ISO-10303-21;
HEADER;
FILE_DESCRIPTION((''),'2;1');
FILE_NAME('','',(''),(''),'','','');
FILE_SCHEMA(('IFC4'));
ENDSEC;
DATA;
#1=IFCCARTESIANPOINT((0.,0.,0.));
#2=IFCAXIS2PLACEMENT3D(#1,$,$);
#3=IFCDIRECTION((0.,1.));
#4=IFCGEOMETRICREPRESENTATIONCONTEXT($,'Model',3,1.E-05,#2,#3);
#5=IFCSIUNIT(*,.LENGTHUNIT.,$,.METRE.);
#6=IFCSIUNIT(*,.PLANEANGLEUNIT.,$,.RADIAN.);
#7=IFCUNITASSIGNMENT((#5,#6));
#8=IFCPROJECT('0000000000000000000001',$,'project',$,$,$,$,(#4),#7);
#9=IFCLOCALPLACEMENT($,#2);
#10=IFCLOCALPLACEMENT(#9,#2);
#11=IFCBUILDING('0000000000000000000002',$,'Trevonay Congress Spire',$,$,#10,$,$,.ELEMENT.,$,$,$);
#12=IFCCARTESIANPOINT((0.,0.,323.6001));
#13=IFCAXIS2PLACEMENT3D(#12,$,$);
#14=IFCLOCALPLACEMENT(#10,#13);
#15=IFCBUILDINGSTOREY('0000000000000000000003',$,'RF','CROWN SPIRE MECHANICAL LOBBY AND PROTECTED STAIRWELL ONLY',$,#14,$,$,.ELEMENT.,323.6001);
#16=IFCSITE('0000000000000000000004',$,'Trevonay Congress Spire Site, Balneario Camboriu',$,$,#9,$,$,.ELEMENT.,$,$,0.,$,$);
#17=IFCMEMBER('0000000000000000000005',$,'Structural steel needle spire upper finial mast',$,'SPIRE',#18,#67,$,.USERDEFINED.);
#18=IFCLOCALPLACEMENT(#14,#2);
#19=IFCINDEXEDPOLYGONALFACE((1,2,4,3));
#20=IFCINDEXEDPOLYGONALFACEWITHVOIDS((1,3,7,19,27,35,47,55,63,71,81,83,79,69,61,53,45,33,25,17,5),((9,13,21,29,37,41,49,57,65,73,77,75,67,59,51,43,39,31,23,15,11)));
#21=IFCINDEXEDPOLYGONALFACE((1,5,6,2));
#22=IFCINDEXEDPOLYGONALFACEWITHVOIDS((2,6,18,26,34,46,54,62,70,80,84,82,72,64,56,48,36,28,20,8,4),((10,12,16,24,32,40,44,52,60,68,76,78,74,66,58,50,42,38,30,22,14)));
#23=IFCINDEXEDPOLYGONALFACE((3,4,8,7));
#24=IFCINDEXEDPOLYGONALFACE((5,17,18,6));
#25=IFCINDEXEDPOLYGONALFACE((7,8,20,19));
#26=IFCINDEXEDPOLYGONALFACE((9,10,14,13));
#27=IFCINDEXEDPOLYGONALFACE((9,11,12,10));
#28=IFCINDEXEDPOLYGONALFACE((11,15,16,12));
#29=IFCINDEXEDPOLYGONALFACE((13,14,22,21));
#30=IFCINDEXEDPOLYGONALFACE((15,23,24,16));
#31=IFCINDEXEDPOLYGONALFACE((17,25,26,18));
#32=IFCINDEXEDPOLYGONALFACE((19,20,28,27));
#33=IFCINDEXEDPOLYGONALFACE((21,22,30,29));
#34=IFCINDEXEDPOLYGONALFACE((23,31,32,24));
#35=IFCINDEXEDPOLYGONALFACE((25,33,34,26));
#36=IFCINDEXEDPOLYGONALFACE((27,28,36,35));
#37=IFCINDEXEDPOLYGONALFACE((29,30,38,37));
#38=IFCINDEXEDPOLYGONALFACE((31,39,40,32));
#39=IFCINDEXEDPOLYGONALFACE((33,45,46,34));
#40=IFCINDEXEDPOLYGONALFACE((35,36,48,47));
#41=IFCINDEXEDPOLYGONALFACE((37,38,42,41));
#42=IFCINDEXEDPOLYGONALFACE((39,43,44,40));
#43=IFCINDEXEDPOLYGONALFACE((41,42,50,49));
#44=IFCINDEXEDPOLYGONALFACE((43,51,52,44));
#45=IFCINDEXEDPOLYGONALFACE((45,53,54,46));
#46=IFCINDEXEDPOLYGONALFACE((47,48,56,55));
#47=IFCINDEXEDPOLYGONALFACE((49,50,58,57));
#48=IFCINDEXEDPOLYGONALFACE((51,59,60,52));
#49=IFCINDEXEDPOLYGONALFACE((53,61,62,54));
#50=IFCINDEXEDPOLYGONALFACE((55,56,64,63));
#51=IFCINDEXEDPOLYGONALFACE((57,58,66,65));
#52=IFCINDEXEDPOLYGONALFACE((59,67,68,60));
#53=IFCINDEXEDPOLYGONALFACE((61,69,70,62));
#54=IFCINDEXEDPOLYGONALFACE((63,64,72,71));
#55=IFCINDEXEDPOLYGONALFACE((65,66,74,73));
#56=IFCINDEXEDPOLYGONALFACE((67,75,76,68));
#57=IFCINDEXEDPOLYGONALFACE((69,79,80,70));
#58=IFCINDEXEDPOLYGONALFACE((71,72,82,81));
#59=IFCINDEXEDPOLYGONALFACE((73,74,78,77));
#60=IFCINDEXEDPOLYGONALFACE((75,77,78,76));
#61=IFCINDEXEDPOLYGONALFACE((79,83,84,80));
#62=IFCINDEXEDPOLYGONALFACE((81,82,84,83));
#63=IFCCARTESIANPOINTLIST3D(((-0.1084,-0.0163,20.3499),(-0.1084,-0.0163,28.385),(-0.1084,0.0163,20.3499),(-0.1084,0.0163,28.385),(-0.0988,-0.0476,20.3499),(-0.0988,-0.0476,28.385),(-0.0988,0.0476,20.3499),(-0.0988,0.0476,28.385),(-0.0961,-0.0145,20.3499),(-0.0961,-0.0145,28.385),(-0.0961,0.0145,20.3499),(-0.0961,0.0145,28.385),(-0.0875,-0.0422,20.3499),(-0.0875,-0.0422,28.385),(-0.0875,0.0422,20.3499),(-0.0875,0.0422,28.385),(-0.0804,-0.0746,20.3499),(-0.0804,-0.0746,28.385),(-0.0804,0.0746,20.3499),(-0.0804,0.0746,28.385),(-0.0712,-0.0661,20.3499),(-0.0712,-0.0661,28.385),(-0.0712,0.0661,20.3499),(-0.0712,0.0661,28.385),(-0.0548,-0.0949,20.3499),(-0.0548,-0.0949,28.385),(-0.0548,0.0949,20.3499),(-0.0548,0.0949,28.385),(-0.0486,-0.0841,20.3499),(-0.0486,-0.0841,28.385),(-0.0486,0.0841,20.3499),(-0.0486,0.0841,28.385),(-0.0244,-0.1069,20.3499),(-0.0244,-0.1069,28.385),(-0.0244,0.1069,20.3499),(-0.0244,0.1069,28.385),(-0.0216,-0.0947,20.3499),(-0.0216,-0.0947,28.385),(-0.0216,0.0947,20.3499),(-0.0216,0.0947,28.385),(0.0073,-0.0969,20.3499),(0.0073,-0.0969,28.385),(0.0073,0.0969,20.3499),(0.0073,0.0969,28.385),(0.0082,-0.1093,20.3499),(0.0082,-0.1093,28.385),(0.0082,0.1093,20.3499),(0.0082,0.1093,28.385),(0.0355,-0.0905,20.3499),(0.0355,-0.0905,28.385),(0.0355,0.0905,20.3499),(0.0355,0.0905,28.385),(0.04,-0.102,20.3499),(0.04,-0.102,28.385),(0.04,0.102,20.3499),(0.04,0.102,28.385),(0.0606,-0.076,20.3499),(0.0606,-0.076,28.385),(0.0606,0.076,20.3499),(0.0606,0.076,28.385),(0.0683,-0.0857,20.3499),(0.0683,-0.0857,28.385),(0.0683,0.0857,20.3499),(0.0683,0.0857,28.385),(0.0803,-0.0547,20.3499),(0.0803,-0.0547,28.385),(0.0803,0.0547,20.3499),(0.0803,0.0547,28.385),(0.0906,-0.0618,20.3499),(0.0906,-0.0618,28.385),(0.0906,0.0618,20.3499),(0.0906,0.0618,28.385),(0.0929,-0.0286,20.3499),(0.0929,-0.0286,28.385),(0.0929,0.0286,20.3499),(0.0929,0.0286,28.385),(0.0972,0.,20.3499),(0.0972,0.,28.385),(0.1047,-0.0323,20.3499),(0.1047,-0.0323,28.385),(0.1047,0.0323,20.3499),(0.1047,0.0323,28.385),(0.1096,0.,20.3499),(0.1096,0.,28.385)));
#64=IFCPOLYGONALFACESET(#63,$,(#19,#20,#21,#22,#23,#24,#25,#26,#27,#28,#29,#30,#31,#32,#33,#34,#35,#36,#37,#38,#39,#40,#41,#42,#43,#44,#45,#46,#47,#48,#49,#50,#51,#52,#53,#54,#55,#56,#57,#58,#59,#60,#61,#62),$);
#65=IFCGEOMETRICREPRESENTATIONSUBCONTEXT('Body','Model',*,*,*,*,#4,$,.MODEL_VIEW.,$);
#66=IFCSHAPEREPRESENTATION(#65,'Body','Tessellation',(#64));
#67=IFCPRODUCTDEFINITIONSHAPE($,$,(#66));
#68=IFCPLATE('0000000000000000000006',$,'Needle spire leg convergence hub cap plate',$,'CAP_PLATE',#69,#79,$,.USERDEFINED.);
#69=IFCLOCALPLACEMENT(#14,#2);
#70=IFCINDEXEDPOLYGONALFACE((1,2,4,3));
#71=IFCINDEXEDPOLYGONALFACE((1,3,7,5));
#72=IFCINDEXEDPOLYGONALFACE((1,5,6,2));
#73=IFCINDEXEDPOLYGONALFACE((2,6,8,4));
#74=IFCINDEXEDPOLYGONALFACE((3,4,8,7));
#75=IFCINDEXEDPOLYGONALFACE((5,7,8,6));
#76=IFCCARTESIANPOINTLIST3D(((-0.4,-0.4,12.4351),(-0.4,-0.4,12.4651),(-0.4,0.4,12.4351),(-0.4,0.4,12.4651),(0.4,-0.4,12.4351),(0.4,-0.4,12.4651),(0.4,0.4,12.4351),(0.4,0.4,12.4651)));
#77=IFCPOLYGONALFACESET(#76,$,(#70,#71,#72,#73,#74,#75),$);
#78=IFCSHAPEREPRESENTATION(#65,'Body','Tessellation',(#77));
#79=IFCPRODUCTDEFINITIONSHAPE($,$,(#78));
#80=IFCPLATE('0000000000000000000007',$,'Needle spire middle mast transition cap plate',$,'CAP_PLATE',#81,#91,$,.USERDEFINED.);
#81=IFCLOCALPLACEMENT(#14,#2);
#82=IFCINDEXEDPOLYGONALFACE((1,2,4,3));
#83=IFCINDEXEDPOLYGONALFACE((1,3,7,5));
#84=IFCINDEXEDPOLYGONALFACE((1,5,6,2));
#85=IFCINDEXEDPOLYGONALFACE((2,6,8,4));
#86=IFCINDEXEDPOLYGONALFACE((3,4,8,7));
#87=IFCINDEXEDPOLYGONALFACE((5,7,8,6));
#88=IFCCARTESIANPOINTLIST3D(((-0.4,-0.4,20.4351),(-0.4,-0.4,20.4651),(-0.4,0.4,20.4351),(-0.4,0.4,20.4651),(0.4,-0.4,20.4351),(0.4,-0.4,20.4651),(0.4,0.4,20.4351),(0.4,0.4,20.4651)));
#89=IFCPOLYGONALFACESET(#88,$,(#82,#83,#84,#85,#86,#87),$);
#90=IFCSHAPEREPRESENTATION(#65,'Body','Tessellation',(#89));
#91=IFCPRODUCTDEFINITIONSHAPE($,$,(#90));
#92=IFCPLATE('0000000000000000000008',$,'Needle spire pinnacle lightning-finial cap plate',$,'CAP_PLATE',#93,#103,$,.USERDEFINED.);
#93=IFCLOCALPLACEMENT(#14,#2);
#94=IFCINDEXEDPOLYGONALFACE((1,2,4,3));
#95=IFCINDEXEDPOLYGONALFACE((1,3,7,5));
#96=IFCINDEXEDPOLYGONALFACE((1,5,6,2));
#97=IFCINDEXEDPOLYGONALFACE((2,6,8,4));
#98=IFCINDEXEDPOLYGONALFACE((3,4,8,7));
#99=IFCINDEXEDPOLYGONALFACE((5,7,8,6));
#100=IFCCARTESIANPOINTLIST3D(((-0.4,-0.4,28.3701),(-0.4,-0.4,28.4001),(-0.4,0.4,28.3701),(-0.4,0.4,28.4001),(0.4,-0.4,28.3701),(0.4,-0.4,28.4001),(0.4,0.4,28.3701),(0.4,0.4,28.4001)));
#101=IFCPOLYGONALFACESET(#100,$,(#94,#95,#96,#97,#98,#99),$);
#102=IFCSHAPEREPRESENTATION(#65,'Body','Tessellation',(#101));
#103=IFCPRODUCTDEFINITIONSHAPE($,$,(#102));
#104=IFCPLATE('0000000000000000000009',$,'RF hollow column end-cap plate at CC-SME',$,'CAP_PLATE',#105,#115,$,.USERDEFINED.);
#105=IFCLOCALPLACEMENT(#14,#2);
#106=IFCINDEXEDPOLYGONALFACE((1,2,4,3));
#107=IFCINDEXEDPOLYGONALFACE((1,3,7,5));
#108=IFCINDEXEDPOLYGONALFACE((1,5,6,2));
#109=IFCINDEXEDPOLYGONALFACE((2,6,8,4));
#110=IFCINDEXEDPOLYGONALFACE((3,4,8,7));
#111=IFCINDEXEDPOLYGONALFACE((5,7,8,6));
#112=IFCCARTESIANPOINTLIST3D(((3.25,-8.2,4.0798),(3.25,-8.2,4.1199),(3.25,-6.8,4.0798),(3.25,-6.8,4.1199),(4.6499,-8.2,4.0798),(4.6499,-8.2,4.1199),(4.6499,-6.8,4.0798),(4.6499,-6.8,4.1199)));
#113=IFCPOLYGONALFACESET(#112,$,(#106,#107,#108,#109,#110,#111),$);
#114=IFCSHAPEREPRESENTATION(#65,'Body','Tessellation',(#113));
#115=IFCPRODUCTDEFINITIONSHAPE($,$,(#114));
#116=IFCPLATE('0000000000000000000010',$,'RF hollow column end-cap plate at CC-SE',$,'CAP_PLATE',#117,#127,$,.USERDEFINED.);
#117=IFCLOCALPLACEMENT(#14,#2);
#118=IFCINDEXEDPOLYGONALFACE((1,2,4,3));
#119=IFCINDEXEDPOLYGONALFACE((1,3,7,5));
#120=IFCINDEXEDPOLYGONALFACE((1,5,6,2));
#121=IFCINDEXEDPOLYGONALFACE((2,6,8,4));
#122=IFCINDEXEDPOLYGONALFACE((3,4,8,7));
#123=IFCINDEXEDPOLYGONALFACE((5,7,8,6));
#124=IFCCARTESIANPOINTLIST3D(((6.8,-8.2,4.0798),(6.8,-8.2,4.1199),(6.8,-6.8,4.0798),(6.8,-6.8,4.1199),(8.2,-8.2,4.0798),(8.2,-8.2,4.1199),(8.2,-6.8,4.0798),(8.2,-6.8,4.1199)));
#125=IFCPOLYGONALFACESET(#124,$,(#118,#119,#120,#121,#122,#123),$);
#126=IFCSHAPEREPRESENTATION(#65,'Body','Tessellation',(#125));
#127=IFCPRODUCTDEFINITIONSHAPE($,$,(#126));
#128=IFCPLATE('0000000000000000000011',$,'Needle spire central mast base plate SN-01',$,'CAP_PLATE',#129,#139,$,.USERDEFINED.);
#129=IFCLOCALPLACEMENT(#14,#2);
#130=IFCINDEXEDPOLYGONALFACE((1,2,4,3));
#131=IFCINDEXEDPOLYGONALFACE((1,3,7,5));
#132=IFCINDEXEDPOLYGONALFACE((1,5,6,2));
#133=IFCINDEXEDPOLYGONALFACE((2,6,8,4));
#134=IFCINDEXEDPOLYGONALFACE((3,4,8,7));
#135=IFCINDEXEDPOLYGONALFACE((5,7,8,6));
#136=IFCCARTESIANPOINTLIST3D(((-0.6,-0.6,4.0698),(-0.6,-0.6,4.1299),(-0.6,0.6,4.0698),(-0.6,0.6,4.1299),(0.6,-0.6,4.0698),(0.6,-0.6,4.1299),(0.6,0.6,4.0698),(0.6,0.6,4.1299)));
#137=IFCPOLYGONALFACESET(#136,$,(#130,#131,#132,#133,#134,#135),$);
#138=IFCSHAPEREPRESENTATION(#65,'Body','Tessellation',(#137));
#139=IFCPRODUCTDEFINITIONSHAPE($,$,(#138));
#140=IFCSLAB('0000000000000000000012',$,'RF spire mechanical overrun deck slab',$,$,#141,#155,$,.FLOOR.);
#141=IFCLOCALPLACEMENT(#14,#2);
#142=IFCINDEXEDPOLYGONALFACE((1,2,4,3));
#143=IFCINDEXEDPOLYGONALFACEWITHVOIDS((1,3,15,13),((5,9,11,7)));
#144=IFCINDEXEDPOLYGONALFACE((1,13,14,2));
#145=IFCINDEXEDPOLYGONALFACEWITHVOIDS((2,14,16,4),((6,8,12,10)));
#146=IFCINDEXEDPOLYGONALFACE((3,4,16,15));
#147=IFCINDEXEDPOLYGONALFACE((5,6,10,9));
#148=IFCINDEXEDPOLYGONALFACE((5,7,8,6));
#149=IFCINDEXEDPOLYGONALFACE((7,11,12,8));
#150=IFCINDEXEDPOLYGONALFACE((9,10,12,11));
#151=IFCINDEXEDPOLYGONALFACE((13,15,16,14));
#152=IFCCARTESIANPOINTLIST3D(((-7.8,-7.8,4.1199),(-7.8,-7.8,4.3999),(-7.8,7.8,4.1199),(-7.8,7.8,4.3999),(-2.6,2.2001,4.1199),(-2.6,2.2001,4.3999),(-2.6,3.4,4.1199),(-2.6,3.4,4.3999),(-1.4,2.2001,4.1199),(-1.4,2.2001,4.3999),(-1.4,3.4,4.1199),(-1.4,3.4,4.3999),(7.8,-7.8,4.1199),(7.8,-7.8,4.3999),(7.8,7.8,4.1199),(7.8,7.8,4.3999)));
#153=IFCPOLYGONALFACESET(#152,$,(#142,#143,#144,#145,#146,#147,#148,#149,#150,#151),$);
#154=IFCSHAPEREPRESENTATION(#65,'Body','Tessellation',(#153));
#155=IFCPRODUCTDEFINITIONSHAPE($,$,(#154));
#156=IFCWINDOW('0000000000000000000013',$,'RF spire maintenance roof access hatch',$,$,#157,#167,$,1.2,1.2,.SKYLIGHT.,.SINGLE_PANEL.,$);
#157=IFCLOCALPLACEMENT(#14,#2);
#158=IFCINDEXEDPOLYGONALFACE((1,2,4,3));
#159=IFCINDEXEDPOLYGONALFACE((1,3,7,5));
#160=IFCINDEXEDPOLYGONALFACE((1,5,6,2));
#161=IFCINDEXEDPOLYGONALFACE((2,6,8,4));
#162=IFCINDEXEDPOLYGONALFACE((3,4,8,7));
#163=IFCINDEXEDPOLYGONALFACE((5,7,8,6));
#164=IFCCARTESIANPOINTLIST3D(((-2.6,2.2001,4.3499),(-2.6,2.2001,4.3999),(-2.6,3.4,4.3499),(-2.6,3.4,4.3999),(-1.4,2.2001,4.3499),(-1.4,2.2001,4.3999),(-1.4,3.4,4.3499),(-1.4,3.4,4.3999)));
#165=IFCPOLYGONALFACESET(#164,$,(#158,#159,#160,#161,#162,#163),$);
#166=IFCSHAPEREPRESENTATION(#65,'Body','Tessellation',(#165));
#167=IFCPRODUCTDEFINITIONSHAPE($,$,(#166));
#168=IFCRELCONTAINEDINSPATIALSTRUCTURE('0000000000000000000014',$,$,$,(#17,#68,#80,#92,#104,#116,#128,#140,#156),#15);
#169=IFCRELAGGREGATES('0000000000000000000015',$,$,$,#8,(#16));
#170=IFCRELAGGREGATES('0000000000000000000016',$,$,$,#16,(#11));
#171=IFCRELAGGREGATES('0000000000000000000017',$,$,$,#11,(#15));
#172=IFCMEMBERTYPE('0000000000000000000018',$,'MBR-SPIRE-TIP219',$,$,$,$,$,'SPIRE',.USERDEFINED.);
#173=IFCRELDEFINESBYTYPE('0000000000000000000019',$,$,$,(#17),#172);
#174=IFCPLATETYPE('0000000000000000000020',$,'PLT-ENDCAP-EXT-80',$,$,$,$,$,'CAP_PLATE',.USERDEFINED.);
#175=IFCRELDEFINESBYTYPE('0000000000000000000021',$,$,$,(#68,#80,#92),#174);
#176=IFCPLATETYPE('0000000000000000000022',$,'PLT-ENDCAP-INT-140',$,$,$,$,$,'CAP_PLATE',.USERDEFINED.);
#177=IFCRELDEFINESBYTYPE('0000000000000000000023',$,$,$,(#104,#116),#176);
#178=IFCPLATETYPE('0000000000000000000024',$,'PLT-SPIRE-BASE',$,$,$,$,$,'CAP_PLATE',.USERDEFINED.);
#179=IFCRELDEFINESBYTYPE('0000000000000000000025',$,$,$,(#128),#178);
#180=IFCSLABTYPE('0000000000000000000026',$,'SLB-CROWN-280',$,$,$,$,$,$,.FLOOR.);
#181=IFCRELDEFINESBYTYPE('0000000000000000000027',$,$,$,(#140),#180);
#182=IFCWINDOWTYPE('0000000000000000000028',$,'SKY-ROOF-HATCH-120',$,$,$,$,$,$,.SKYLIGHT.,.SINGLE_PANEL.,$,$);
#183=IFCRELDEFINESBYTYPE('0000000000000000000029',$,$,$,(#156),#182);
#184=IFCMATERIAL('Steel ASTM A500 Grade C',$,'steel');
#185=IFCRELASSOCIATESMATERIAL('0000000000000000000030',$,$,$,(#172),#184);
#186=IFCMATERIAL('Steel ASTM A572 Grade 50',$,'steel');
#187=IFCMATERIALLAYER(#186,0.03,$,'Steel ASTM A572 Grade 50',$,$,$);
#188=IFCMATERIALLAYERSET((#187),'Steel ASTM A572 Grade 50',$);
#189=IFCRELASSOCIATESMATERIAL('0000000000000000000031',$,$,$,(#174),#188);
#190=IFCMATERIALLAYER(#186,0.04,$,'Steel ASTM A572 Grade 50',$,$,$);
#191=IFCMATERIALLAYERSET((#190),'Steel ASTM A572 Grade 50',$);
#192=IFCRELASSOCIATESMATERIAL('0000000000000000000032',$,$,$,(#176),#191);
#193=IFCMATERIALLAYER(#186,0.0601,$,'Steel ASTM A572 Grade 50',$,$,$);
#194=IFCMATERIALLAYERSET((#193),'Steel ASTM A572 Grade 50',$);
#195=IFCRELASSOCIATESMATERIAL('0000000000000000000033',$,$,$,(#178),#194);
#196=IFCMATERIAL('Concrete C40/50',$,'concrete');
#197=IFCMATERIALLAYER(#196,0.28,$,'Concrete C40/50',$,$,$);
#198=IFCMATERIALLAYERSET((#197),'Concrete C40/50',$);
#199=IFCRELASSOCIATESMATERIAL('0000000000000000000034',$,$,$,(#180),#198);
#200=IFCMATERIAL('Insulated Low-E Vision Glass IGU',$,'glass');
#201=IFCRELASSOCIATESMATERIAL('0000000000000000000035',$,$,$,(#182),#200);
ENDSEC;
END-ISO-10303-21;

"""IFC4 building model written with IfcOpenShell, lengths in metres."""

from ifc_helpers import new_model, si_unit, direction, frame, origin, origin_2d, place, context, subcontext, project, spatial, polyline, rectangle, hollow_circle, outline, extrude, material, layer, layer_set, material_profile, profile_set, type_object, element, fill, save


model = new_model("IFC4")

# Units and contexts
model_context = context("Model", 3, precision=1e-05, world=origin(), true_north=direction((0.0, 1.0)))
body_context = subcontext(model_context, "Body", "Model", "MODEL_VIEW")
ifc_project = project(units=[si_unit("LENGTHUNIT", "METRE"), si_unit("PLANEANGLEUNIT", "RADIAN")], contexts=[model_context])

# Site, building, storey
site_placement = place(None, origin())
site = spatial("IfcSite", under=ifc_project, at=site_placement, Name="Trevonay Congress Spire Site, Balneario Camboriu", CompositionType="ELEMENT", RefElevation=0.0)
building_placement = place(site_placement, origin())
building = spatial("IfcBuilding", under=site, at=building_placement, Name="Trevonay Congress Spire", CompositionType="ELEMENT")
storey_placement = place(building_placement, frame((0.0, 0.0, 323.6001)))
storey = spatial("IfcBuildingStorey", under=building, at=storey_placement, Name="RF", Description="CROWN SPIRE MECHANICAL LOBBY AND PROTECTED STAIRWELL ONLY", CompositionType="ELEMENT", Elevation=323.6001)

# Shared definitions
ifc_material_1 = material(Name="Steel ASTM A572 Grade 50", Category="steel")

# Member
ifc_material_2 = material(Name="Steel ASTM A500 Grade C", Category="steel")
ifc_material_profile_1 = material_profile(ifc_material_2, hollow_circle(Radius=0.1096, WallThickness=0.0125, at=origin_2d()), Name="CHS 219.1x12.5")
ifc_profile_set_1 = profile_set([ifc_material_profile_1], Name="Steel ASTM A500 Grade C")
member_type_1 = type_object("IfcMemberType", Name="MBR-SPIRE-TIP219", ElementType="SPIRE", PredefinedType="USERDEFINED", material=ifc_profile_set_1)
member_1_placement = place(storey_placement, frame((0.0, 0.0, 20.3499), z_axis=(0.0, 0.0, 1.0), x_axis=(1.0, 0.0, 0.0)))
element("IfcMember", 1, at=member_1_placement, inside=storey, type_object=member_type_1, Name="Structural steel needle spire upper finial mast", ObjectType="SPIRE", PredefinedType="USERDEFINED", context=body_context, shape_type="SweptSolid", body=[
    extrude(hollow_circle(Radius=0.1096, WallThickness=0.0125, at=origin_2d()), origin(), (0.0, 0.0, 1.0), 8.0352),
])

# Plates
ifc_layer_1 = layer(ifc_material_1, 0.03, Name="Steel ASTM A572 Grade 50")
ifc_layer_set_1 = layer_set([ifc_layer_1], Name="Steel ASTM A572 Grade 50")
plate_type_1 = type_object("IfcPlateType", Name="PLT-ENDCAP-EXT-80", ElementType="CAP_PLATE", PredefinedType="USERDEFINED", material=ifc_layer_set_1)
for number, where, z_axis, x_axis, name in (
    (2, (0.0, 0.0, 12.4351), (0.0, 0.0, 1.0), (1.0, 0.0, 0.0), "Needle spire leg convergence hub cap plate"),
    (3, (0.0, 0.0, 20.4351), (0.0, 0.0, 1.0), (1.0, 0.0, 0.0), "Needle spire middle mast transition cap plate"),
    (4, (0.0, 0.0, 28.3701), (0.0, 0.0, 1.0), (1.0, 0.0, 0.0), "Needle spire pinnacle lightning-finial cap plate"),
):
    element("IfcPlate", number, at=place(storey_placement, frame(where, z_axis=z_axis, x_axis=x_axis)), inside=storey, type_object=plate_type_1, Name=name, ObjectType="CAP_PLATE", PredefinedType="USERDEFINED", context=body_context, shape_type="SweptSolid", body=[
        extrude(rectangle(XDim=0.8, YDim=0.8, at=origin_2d()), origin(), (0.0, 0.0, 1.0), 0.03),
    ])
ifc_layer_2 = layer(ifc_material_1, 0.04, Name="Steel ASTM A572 Grade 50")
ifc_layer_set_2 = layer_set([ifc_layer_2], Name="Steel ASTM A572 Grade 50")
plate_type_2 = type_object("IfcPlateType", Name="PLT-ENDCAP-INT-140", ElementType="CAP_PLATE", PredefinedType="USERDEFINED", material=ifc_layer_set_2)
for number, where, z_axis, x_axis, name in (
    (5, (3.95, -7.5, 4.0798), (0.0, 0.0, 1.0), (1.0, 0.0, 0.0), "RF hollow column end-cap plate at CC-SME"),
    (6, (7.5, -7.5, 4.0798), (0.0, 0.0, 1.0), (1.0, 0.0, 0.0), "RF hollow column end-cap plate at CC-SE"),
):
    element("IfcPlate", number, at=place(storey_placement, frame(where, z_axis=z_axis, x_axis=x_axis)), inside=storey, type_object=plate_type_2, Name=name, ObjectType="CAP_PLATE", PredefinedType="USERDEFINED", context=body_context, shape_type="SweptSolid", body=[
        extrude(rectangle(XDim=1.3999, YDim=1.3999, at=origin_2d()), origin(), (0.0, 0.0, 1.0), 0.04),
    ])
ifc_layer_3 = layer(ifc_material_1, 0.0601, Name="Steel ASTM A572 Grade 50")
ifc_layer_set_3 = layer_set([ifc_layer_3], Name="Steel ASTM A572 Grade 50")
plate_type_3 = type_object("IfcPlateType", Name="PLT-SPIRE-BASE", ElementType="CAP_PLATE", PredefinedType="USERDEFINED", material=ifc_layer_set_3)
plate_placement = place(storey_placement, frame((0.0, 0.0, 4.0698), z_axis=(0.0, 0.0, 1.0), x_axis=(1.0, 0.0, 0.0)))
element("IfcPlate", 7, at=plate_placement, inside=storey, type_object=plate_type_3, Name="Needle spire central mast base plate SN-01", ObjectType="CAP_PLATE", PredefinedType="USERDEFINED", context=body_context, shape_type="SweptSolid", body=[
    extrude(rectangle(XDim=1.2, YDim=1.2, at=origin_2d()), origin(), (0.0, 0.0, 1.0), 0.0601),
])

# Slab, opening, window
ifc_material_3 = material(Name="Concrete C40/50", Category="concrete")
ifc_layer_4 = layer(ifc_material_3, 0.28, Name="Concrete C40/50")
ifc_layer_set_4 = layer_set([ifc_layer_4], Name="Concrete C40/50")
slab_type_1 = type_object("IfcSlabType", Name="SLB-CROWN-280", PredefinedType="FLOOR", material=ifc_layer_set_4)
slab_1_placement = place(storey_placement, frame((0.0, 0.0, 4.1199)))
slab_1 = element("IfcSlab", 8, at=slab_1_placement, inside=storey, type_object=slab_type_1, Name="RF spire mechanical overrun deck slab", PredefinedType="FLOOR", context=body_context, shape_type="SweptSolid", body=[
    extrude(outline(polyline([(-7.8, -7.8), (7.8, -7.8), (7.8, 7.8), (-7.8, 7.8), (-7.8, -7.8)])), origin(), (0.0, 0.0, 1.0), 0.28),
])
opening_1_placement = place(slab_1_placement, frame((-2.0, 2.8, -0.01)))
opening_1 = element("IfcOpeningElement", 9, at=opening_1_placement, cuts=slab_1, PredefinedType="OPENING", context=body_context, shape_type="SweptSolid", body=[
    extrude(rectangle(XDim=1.2, YDim=1.2, at=origin_2d()), origin(), (0.0, 0.0, 1.0), 0.3),
])
ifc_material_4 = material(Name="Insulated Low-E Vision Glass IGU", Category="glass")
window_type = type_object("IfcWindowType", Name="SKY-ROOF-HATCH-120", PartitioningType="SINGLE_PANEL", PredefinedType="SKYLIGHT", material=ifc_material_4)
window_placement = place(opening_1_placement, frame((0.0, 0.0, 0.24)))
window = element("IfcWindow", 10, at=window_placement, inside=storey, type_object=window_type, Name="RF spire maintenance roof access hatch", OverallHeight=1.2, OverallWidth=1.2, PartitioningType="SINGLE_PANEL", PredefinedType="SKYLIGHT", context=body_context, shape_type="SweptSolid", body=[
    extrude(rectangle(XDim=1.2, YDim=1.2, at=origin_2d()), origin(), (0.0, 0.0, 1.0), 0.05),
])
fill(opening_1, window)

save(model, "model.ifc")
